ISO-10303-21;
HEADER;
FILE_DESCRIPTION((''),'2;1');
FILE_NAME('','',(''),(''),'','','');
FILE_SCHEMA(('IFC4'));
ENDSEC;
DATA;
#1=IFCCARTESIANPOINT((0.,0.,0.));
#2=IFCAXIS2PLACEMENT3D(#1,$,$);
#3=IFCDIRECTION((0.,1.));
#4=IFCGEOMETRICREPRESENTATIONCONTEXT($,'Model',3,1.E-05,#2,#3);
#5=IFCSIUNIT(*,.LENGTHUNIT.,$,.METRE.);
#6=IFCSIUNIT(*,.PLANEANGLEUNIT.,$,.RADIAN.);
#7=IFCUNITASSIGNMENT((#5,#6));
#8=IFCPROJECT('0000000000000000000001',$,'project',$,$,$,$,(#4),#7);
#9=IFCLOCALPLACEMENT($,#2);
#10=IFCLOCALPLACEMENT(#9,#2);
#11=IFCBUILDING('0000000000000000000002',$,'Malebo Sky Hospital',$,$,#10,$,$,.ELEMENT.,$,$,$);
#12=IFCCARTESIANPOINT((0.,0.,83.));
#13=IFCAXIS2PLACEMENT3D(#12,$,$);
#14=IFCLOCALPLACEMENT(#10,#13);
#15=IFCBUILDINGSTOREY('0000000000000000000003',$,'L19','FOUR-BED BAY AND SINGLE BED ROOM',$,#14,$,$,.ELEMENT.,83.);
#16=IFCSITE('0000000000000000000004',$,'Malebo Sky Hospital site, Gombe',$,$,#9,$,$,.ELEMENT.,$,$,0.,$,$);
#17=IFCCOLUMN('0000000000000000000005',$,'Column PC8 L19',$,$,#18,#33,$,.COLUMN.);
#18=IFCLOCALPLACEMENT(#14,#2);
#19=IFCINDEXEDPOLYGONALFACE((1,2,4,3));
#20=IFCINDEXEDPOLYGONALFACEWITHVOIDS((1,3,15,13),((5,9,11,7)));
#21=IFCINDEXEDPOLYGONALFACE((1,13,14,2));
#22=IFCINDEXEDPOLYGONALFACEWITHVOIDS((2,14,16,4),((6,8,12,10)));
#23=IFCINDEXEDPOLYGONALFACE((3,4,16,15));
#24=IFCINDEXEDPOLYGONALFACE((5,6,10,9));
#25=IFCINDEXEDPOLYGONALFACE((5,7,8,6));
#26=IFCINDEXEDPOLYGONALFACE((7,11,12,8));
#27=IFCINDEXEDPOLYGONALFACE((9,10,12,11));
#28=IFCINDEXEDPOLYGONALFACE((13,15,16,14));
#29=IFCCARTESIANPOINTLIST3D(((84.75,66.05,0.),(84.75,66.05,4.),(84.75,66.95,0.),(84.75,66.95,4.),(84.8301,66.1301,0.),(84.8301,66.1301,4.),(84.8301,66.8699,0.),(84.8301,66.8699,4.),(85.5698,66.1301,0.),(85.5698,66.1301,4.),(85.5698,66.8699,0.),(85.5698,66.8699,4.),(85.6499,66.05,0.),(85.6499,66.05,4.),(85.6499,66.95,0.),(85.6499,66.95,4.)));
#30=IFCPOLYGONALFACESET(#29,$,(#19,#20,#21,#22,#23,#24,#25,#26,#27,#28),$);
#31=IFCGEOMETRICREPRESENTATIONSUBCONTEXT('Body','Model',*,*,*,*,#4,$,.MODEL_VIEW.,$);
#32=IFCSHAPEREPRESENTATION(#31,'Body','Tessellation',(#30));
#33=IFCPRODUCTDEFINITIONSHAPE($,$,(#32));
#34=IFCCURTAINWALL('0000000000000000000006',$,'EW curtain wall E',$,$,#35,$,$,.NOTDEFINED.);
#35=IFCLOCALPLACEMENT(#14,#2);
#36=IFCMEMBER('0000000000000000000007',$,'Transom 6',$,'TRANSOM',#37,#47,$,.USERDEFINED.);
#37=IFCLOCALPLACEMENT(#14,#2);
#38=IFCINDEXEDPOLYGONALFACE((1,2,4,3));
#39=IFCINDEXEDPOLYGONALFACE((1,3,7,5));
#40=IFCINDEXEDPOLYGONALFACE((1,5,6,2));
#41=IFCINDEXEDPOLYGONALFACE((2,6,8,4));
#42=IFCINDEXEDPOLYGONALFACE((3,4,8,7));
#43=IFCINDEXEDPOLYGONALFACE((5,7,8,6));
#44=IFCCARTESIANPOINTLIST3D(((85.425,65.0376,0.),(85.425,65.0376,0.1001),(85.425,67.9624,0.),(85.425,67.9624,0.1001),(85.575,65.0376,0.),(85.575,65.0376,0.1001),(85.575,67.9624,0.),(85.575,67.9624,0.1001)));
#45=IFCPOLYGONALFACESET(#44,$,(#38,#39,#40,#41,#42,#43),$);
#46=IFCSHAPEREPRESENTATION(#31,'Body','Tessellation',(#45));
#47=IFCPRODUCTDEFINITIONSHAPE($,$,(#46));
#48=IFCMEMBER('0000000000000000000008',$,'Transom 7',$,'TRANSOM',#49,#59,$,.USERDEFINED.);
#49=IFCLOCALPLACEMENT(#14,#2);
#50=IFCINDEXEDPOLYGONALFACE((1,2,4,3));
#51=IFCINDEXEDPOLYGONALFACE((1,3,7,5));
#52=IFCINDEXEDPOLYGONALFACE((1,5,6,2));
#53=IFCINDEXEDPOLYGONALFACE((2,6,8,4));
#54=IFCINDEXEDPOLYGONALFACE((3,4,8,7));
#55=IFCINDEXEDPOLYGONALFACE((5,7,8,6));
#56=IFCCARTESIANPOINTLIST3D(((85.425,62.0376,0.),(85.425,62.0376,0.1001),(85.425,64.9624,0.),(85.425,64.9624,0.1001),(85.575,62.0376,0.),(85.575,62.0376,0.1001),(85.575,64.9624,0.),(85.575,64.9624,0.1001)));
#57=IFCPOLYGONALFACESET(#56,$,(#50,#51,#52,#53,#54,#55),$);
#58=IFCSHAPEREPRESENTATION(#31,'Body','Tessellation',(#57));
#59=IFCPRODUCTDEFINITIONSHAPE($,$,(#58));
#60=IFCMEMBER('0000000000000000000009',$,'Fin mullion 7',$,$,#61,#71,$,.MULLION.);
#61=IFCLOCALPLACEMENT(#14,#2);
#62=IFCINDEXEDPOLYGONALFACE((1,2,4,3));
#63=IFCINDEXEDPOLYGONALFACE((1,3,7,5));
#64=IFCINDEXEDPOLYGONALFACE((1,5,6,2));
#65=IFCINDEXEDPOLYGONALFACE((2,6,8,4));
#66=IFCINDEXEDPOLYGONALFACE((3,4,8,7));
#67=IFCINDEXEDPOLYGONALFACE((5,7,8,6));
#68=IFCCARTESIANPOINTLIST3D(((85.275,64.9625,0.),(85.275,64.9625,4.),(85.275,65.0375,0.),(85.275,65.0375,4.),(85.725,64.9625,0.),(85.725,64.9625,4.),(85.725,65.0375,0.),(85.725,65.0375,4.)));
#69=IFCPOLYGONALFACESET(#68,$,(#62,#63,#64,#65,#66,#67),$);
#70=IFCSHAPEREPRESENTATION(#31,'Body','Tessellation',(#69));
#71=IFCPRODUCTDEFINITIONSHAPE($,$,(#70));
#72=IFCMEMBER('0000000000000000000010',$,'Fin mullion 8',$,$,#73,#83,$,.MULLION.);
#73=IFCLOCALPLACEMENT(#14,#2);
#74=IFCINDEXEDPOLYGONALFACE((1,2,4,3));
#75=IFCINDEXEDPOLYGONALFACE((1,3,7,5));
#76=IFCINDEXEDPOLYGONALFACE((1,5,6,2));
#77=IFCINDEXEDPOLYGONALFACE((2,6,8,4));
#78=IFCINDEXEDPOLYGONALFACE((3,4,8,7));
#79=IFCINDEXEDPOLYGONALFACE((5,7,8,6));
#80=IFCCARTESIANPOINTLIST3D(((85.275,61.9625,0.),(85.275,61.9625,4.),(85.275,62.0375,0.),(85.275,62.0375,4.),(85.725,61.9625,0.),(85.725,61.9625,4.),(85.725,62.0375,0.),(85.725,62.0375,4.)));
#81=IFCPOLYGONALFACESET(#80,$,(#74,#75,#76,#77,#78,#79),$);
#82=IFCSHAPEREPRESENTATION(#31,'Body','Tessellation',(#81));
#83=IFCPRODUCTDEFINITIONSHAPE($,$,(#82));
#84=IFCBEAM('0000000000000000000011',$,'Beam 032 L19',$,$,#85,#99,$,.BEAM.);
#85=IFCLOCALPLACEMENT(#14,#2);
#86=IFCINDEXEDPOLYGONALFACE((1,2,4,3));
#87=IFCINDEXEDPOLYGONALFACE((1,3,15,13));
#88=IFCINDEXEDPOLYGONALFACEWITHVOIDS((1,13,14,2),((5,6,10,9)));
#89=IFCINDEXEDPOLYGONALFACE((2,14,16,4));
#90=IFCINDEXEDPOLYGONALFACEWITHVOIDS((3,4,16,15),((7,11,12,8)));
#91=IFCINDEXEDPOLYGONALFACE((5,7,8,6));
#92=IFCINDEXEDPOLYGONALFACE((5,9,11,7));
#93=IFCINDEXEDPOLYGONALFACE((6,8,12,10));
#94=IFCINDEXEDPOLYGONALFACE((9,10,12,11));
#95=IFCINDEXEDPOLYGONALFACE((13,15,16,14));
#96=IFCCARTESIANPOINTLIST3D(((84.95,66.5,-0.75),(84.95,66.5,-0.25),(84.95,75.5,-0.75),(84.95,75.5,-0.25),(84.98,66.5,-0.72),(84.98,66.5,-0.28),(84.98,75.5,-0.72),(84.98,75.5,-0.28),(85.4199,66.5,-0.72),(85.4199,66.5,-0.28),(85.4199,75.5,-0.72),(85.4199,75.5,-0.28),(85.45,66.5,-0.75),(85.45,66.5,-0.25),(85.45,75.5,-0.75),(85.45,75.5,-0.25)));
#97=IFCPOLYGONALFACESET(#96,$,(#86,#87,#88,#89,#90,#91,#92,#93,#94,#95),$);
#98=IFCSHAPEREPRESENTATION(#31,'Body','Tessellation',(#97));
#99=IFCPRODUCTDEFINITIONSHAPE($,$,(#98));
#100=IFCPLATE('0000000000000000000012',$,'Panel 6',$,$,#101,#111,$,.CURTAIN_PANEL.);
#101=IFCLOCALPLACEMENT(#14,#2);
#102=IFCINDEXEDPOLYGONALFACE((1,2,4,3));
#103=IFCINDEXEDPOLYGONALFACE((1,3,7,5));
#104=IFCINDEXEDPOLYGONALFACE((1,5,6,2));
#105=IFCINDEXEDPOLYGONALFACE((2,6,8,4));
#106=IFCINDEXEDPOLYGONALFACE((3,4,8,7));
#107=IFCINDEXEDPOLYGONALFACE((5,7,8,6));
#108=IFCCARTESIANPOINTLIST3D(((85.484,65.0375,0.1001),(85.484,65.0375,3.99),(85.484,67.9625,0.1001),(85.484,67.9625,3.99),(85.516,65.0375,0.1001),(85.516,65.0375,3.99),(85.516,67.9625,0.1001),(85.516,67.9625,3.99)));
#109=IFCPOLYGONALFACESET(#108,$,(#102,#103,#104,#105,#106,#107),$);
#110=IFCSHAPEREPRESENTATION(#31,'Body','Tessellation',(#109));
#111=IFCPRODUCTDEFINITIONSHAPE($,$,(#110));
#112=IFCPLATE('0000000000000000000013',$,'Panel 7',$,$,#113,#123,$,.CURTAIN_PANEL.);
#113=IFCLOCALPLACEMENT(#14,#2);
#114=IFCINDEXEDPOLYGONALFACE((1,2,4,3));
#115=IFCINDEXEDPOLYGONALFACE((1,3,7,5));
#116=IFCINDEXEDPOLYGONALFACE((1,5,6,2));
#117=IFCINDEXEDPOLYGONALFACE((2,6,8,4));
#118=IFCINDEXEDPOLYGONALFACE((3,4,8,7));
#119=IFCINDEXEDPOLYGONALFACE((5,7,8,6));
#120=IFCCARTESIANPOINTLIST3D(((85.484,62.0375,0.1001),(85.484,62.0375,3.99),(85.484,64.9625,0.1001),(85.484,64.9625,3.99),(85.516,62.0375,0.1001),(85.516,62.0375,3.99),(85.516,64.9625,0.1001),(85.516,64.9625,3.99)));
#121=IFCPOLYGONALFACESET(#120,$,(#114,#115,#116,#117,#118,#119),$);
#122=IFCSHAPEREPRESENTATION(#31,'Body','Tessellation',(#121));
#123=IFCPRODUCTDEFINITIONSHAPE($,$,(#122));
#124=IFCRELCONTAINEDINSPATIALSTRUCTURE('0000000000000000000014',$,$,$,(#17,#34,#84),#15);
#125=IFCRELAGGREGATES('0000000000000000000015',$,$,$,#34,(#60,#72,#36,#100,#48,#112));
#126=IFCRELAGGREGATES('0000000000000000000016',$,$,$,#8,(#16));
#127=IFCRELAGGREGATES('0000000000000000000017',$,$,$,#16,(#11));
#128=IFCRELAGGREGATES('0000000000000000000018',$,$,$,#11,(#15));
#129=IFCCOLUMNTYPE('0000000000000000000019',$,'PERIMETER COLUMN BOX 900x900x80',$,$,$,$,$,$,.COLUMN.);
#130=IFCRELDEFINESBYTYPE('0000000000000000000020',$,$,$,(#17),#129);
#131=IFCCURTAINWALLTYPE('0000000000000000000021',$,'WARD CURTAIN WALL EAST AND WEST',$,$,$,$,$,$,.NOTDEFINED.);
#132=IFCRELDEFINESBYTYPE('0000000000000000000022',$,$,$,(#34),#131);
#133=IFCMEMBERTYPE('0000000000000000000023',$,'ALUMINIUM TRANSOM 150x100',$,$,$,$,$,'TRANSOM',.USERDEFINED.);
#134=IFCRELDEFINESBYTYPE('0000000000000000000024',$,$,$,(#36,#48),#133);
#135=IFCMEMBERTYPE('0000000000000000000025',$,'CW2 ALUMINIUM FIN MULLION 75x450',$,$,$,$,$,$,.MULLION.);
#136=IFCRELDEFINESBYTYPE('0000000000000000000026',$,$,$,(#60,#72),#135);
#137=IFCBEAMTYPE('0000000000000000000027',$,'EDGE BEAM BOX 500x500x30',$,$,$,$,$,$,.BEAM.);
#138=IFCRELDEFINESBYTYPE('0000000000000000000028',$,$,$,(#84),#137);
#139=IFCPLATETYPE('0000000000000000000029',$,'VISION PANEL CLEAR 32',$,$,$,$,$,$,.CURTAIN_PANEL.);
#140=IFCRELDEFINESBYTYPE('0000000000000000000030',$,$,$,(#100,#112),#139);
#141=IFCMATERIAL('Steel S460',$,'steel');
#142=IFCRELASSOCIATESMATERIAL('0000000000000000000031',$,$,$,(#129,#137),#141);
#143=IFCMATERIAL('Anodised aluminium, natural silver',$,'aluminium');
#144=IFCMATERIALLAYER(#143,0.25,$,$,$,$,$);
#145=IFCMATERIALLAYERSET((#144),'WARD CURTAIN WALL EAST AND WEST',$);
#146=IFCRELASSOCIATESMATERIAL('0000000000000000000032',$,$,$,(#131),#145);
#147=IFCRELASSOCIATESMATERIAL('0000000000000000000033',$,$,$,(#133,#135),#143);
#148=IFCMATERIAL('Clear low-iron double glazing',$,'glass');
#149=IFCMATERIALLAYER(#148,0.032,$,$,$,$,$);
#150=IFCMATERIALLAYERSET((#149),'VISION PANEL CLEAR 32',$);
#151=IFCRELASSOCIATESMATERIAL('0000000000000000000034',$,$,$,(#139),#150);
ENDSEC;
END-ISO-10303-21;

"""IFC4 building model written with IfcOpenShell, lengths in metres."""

from ifc_helpers import new_model, si_unit, direction, frame, origin, origin_2d, place, context, subcontext, project, spatial, rectangle, hollow_rectangle, extrude, material, layer, layer_set, material_profile, profile_set, type_object, element, aggregate, save


model = new_model("IFC4")

# Units and contexts
model_context = context("Model", 3, precision=1e-05, world=origin(), true_north=direction((0.0, 1.0)))
body_context = subcontext(model_context, "Body", "Model", "MODEL_VIEW")
ifc_project = project(units=[si_unit("LENGTHUNIT", "METRE"), si_unit("PLANEANGLEUNIT", "RADIAN")], contexts=[model_context])

# Site, building, storey
site_placement = place(None, origin())
site = spatial("IfcSite", under=ifc_project, at=site_placement, Name="Malebo Sky Hospital site, Gombe", CompositionType="ELEMENT", RefElevation=0.0)
building_placement = place(site_placement, origin())
building = spatial("IfcBuilding", under=site, at=building_placement, Name="Malebo Sky Hospital", CompositionType="ELEMENT")
storey_placement = place(building_placement, frame((0.0, 0.0, 83.0)))
storey = spatial("IfcBuildingStorey", under=building, at=storey_placement, Name="L19", Description="FOUR-BED BAY AND SINGLE BED ROOM", CompositionType="ELEMENT", Elevation=83.0)

# Column
ifc_material_1 = material(Name="Steel S460", Category="steel")
ifc_material_profile_1 = material_profile(ifc_material_1, hollow_rectangle(XDim=0.8999, YDim=0.8999, WallThickness=0.0801, at=origin_2d()), Name="BOX 900x900x80")
ifc_profile_set_1 = profile_set([ifc_material_profile_1], Name="Steel S460")
column_type = type_object("IfcColumnType", Name="PERIMETER COLUMN BOX 900x900x80", PredefinedType="COLUMN", material=ifc_profile_set_1)
column_placement = place(storey_placement, frame((85.2, 66.5, 0.0), z_axis=(0.0, 0.0, 1.0), x_axis=(1.0, 0.0, 0.0)))
element("IfcColumn", 1, at=column_placement, inside=storey, type_object=column_type, Name="Column PC8 L19", PredefinedType="COLUMN", context=body_context, shape_type="SweptSolid", body=[
    extrude(hollow_rectangle(XDim=0.8999, YDim=0.8999, WallThickness=0.0801, at=origin_2d()), origin(), (0.0, 0.0, 1.0), 4.0),
])

# Curtain wall, members
ifc_material_2 = material(Name="Anodised aluminium, natural silver", Category="aluminium")
ifc_layer_1 = layer(ifc_material_2, 0.25)
ifc_layer_set_1 = layer_set([ifc_layer_1], Name="WARD CURTAIN WALL EAST AND WEST")
curtain_wall_type = type_object("IfcCurtainWallType", Name="WARD CURTAIN WALL EAST AND WEST", PredefinedType="NOTDEFINED", material=ifc_layer_set_1)
curtain_wall_placement = place(storey_placement, origin())
curtain_wall = element("IfcCurtainWall", 2, at=curtain_wall_placement, inside=storey, type_object=curtain_wall_type, Name="EW curtain wall E", PredefinedType="NOTDEFINED")
ifc_material_profile_2 = material_profile(ifc_material_2, rectangle(XDim=0.1499, YDim=0.1001, at=origin_2d()), Name="ALUMINIUM TRANSOM 150x100")
ifc_profile_set_2 = profile_set([ifc_material_profile_2], Name="Anodised aluminium, natural silver")
member_type_1 = type_object("IfcMemberType", Name="ALUMINIUM TRANSOM 150x100", ElementType="TRANSOM", PredefinedType="USERDEFINED", material=ifc_profile_set_2)
member_1_placement = place(storey_placement, frame((85.5, 67.9624, 0.05), z_axis=(0.0, -1.0, 0.0), x_axis=(1.0, 0.0, 0.0)))
member_1 = element("IfcMember", 3, at=member_1_placement, type_object=member_type_1, Name="Transom 6", ObjectType="TRANSOM", PredefinedType="USERDEFINED", context=body_context, shape_type="SweptSolid", body=[
    extrude(rectangle(XDim=0.1499, YDim=0.1001, at=origin_2d()), origin(), (0.0, 0.0, 1.0), 2.9248),
])
member_2_placement = place(storey_placement, frame((85.5, 64.9624, 0.05), z_axis=(0.0, -1.0, 0.0), x_axis=(1.0, 0.0, 0.0)))
member_2 = element("IfcMember", 4, at=member_2_placement, type_object=member_type_1, Name="Transom 7", ObjectType="TRANSOM", PredefinedType="USERDEFINED", context=body_context, shape_type="SweptSolid", body=[
    extrude(rectangle(XDim=0.1499, YDim=0.1001, at=origin_2d()), origin(), (0.0, 0.0, 1.0), 2.9248),
])
ifc_material_profile_3 = material_profile(ifc_material_2, rectangle(XDim=0.075, YDim=0.45, at=origin_2d()), Name="CW2 ALUMINIUM FIN MULLION 75x450")
ifc_profile_set_3 = profile_set([ifc_material_profile_3], Name="Anodised aluminium, natural silver")
member_type_2 = type_object("IfcMemberType", Name="CW2 ALUMINIUM FIN MULLION 75x450", PredefinedType="MULLION", material=ifc_profile_set_3)
member_3_placement = place(storey_placement, frame((85.5, 65.0, 0.0), z_axis=(0.0, 0.0, 1.0), x_axis=(0.0, -1.0, 0.0)))
member_3 = element("IfcMember", 5, at=member_3_placement, type_object=member_type_2, Name="Fin mullion 7", PredefinedType="MULLION", context=body_context, shape_type="SweptSolid", body=[
    extrude(rectangle(XDim=0.075, YDim=0.45, at=origin_2d()), origin(), (0.0, 0.0, 1.0), 4.0),
])
member_4_placement = place(storey_placement, frame((85.5, 62.0, 0.0), z_axis=(0.0, 0.0, 1.0), x_axis=(0.0, -1.0, 0.0)))
member_4 = element("IfcMember", 6, at=member_4_placement, type_object=member_type_2, Name="Fin mullion 8", PredefinedType="MULLION", context=body_context, shape_type="SweptSolid", body=[
    extrude(rectangle(XDim=0.075, YDim=0.45, at=origin_2d()), origin(), (0.0, 0.0, 1.0), 4.0),
])

# Beam
ifc_material_profile_4 = material_profile(ifc_material_1, hollow_rectangle(XDim=0.5, YDim=0.5, WallThickness=0.03, at=origin_2d()), Name="BOX 500x500x30")
ifc_profile_set_4 = profile_set([ifc_material_profile_4], Name="Steel S460")
beam_type = type_object("IfcBeamType", Name="EDGE BEAM BOX 500x500x30", PredefinedType="BEAM", material=ifc_profile_set_4)
beam_placement = place(storey_placement, frame((85.2, 66.5, -0.5), z_axis=(0.0, 1.0, 0.0), x_axis=(-1.0, 0.0, 0.0)))
element("IfcBeam", 7, at=beam_placement, inside=storey, type_object=beam_type, Name="Beam 032 L19", PredefinedType="BEAM", context=body_context, shape_type="SweptSolid", body=[
    extrude(hollow_rectangle(XDim=0.5, YDim=0.5, WallThickness=0.03, at=origin_2d()), origin(), (0.0, 0.0, 1.0), 9.0),
])

# Plates
ifc_material_3 = material(Name="Clear low-iron double glazing", Category="glass")
ifc_layer_2 = layer(ifc_material_3, 0.032)
ifc_layer_set_2 = layer_set([ifc_layer_2], Name="VISION PANEL CLEAR 32")
plate_type = type_object("IfcPlateType", Name="VISION PANEL CLEAR 32", PredefinedType="CURTAIN_PANEL", material=ifc_layer_set_2)
plate_1_placement = place(storey_placement, frame((85.5, 66.5, 0.1001), z_axis=(0.0, 0.0, 1.0), x_axis=(0.0, -1.0, 0.0)))
plate_1 = element("IfcPlate", 8, at=plate_1_placement, type_object=plate_type, Name="Panel 6", PredefinedType="CURTAIN_PANEL", context=body_context, shape_type="SweptSolid", body=[
    extrude(rectangle(XDim=2.925, YDim=0.032, at=origin_2d()), origin(), (0.0, 0.0, 1.0), 3.8899),
])
plate_2_placement = place(storey_placement, frame((85.5, 63.5, 0.1001), z_axis=(0.0, 0.0, 1.0), x_axis=(0.0, -1.0, 0.0)))
plate_2 = element("IfcPlate", 9, at=plate_2_placement, type_object=plate_type, Name="Panel 7", PredefinedType="CURTAIN_PANEL", context=body_context, shape_type="SweptSolid", body=[
    extrude(rectangle(XDim=2.925, YDim=0.032, at=origin_2d()), origin(), (0.0, 0.0, 1.0), 3.8899),
])
aggregate(curtain_wall, [member_3, member_4, member_1, plate_1, member_2, plate_2])

save(model, "model.ifc")
